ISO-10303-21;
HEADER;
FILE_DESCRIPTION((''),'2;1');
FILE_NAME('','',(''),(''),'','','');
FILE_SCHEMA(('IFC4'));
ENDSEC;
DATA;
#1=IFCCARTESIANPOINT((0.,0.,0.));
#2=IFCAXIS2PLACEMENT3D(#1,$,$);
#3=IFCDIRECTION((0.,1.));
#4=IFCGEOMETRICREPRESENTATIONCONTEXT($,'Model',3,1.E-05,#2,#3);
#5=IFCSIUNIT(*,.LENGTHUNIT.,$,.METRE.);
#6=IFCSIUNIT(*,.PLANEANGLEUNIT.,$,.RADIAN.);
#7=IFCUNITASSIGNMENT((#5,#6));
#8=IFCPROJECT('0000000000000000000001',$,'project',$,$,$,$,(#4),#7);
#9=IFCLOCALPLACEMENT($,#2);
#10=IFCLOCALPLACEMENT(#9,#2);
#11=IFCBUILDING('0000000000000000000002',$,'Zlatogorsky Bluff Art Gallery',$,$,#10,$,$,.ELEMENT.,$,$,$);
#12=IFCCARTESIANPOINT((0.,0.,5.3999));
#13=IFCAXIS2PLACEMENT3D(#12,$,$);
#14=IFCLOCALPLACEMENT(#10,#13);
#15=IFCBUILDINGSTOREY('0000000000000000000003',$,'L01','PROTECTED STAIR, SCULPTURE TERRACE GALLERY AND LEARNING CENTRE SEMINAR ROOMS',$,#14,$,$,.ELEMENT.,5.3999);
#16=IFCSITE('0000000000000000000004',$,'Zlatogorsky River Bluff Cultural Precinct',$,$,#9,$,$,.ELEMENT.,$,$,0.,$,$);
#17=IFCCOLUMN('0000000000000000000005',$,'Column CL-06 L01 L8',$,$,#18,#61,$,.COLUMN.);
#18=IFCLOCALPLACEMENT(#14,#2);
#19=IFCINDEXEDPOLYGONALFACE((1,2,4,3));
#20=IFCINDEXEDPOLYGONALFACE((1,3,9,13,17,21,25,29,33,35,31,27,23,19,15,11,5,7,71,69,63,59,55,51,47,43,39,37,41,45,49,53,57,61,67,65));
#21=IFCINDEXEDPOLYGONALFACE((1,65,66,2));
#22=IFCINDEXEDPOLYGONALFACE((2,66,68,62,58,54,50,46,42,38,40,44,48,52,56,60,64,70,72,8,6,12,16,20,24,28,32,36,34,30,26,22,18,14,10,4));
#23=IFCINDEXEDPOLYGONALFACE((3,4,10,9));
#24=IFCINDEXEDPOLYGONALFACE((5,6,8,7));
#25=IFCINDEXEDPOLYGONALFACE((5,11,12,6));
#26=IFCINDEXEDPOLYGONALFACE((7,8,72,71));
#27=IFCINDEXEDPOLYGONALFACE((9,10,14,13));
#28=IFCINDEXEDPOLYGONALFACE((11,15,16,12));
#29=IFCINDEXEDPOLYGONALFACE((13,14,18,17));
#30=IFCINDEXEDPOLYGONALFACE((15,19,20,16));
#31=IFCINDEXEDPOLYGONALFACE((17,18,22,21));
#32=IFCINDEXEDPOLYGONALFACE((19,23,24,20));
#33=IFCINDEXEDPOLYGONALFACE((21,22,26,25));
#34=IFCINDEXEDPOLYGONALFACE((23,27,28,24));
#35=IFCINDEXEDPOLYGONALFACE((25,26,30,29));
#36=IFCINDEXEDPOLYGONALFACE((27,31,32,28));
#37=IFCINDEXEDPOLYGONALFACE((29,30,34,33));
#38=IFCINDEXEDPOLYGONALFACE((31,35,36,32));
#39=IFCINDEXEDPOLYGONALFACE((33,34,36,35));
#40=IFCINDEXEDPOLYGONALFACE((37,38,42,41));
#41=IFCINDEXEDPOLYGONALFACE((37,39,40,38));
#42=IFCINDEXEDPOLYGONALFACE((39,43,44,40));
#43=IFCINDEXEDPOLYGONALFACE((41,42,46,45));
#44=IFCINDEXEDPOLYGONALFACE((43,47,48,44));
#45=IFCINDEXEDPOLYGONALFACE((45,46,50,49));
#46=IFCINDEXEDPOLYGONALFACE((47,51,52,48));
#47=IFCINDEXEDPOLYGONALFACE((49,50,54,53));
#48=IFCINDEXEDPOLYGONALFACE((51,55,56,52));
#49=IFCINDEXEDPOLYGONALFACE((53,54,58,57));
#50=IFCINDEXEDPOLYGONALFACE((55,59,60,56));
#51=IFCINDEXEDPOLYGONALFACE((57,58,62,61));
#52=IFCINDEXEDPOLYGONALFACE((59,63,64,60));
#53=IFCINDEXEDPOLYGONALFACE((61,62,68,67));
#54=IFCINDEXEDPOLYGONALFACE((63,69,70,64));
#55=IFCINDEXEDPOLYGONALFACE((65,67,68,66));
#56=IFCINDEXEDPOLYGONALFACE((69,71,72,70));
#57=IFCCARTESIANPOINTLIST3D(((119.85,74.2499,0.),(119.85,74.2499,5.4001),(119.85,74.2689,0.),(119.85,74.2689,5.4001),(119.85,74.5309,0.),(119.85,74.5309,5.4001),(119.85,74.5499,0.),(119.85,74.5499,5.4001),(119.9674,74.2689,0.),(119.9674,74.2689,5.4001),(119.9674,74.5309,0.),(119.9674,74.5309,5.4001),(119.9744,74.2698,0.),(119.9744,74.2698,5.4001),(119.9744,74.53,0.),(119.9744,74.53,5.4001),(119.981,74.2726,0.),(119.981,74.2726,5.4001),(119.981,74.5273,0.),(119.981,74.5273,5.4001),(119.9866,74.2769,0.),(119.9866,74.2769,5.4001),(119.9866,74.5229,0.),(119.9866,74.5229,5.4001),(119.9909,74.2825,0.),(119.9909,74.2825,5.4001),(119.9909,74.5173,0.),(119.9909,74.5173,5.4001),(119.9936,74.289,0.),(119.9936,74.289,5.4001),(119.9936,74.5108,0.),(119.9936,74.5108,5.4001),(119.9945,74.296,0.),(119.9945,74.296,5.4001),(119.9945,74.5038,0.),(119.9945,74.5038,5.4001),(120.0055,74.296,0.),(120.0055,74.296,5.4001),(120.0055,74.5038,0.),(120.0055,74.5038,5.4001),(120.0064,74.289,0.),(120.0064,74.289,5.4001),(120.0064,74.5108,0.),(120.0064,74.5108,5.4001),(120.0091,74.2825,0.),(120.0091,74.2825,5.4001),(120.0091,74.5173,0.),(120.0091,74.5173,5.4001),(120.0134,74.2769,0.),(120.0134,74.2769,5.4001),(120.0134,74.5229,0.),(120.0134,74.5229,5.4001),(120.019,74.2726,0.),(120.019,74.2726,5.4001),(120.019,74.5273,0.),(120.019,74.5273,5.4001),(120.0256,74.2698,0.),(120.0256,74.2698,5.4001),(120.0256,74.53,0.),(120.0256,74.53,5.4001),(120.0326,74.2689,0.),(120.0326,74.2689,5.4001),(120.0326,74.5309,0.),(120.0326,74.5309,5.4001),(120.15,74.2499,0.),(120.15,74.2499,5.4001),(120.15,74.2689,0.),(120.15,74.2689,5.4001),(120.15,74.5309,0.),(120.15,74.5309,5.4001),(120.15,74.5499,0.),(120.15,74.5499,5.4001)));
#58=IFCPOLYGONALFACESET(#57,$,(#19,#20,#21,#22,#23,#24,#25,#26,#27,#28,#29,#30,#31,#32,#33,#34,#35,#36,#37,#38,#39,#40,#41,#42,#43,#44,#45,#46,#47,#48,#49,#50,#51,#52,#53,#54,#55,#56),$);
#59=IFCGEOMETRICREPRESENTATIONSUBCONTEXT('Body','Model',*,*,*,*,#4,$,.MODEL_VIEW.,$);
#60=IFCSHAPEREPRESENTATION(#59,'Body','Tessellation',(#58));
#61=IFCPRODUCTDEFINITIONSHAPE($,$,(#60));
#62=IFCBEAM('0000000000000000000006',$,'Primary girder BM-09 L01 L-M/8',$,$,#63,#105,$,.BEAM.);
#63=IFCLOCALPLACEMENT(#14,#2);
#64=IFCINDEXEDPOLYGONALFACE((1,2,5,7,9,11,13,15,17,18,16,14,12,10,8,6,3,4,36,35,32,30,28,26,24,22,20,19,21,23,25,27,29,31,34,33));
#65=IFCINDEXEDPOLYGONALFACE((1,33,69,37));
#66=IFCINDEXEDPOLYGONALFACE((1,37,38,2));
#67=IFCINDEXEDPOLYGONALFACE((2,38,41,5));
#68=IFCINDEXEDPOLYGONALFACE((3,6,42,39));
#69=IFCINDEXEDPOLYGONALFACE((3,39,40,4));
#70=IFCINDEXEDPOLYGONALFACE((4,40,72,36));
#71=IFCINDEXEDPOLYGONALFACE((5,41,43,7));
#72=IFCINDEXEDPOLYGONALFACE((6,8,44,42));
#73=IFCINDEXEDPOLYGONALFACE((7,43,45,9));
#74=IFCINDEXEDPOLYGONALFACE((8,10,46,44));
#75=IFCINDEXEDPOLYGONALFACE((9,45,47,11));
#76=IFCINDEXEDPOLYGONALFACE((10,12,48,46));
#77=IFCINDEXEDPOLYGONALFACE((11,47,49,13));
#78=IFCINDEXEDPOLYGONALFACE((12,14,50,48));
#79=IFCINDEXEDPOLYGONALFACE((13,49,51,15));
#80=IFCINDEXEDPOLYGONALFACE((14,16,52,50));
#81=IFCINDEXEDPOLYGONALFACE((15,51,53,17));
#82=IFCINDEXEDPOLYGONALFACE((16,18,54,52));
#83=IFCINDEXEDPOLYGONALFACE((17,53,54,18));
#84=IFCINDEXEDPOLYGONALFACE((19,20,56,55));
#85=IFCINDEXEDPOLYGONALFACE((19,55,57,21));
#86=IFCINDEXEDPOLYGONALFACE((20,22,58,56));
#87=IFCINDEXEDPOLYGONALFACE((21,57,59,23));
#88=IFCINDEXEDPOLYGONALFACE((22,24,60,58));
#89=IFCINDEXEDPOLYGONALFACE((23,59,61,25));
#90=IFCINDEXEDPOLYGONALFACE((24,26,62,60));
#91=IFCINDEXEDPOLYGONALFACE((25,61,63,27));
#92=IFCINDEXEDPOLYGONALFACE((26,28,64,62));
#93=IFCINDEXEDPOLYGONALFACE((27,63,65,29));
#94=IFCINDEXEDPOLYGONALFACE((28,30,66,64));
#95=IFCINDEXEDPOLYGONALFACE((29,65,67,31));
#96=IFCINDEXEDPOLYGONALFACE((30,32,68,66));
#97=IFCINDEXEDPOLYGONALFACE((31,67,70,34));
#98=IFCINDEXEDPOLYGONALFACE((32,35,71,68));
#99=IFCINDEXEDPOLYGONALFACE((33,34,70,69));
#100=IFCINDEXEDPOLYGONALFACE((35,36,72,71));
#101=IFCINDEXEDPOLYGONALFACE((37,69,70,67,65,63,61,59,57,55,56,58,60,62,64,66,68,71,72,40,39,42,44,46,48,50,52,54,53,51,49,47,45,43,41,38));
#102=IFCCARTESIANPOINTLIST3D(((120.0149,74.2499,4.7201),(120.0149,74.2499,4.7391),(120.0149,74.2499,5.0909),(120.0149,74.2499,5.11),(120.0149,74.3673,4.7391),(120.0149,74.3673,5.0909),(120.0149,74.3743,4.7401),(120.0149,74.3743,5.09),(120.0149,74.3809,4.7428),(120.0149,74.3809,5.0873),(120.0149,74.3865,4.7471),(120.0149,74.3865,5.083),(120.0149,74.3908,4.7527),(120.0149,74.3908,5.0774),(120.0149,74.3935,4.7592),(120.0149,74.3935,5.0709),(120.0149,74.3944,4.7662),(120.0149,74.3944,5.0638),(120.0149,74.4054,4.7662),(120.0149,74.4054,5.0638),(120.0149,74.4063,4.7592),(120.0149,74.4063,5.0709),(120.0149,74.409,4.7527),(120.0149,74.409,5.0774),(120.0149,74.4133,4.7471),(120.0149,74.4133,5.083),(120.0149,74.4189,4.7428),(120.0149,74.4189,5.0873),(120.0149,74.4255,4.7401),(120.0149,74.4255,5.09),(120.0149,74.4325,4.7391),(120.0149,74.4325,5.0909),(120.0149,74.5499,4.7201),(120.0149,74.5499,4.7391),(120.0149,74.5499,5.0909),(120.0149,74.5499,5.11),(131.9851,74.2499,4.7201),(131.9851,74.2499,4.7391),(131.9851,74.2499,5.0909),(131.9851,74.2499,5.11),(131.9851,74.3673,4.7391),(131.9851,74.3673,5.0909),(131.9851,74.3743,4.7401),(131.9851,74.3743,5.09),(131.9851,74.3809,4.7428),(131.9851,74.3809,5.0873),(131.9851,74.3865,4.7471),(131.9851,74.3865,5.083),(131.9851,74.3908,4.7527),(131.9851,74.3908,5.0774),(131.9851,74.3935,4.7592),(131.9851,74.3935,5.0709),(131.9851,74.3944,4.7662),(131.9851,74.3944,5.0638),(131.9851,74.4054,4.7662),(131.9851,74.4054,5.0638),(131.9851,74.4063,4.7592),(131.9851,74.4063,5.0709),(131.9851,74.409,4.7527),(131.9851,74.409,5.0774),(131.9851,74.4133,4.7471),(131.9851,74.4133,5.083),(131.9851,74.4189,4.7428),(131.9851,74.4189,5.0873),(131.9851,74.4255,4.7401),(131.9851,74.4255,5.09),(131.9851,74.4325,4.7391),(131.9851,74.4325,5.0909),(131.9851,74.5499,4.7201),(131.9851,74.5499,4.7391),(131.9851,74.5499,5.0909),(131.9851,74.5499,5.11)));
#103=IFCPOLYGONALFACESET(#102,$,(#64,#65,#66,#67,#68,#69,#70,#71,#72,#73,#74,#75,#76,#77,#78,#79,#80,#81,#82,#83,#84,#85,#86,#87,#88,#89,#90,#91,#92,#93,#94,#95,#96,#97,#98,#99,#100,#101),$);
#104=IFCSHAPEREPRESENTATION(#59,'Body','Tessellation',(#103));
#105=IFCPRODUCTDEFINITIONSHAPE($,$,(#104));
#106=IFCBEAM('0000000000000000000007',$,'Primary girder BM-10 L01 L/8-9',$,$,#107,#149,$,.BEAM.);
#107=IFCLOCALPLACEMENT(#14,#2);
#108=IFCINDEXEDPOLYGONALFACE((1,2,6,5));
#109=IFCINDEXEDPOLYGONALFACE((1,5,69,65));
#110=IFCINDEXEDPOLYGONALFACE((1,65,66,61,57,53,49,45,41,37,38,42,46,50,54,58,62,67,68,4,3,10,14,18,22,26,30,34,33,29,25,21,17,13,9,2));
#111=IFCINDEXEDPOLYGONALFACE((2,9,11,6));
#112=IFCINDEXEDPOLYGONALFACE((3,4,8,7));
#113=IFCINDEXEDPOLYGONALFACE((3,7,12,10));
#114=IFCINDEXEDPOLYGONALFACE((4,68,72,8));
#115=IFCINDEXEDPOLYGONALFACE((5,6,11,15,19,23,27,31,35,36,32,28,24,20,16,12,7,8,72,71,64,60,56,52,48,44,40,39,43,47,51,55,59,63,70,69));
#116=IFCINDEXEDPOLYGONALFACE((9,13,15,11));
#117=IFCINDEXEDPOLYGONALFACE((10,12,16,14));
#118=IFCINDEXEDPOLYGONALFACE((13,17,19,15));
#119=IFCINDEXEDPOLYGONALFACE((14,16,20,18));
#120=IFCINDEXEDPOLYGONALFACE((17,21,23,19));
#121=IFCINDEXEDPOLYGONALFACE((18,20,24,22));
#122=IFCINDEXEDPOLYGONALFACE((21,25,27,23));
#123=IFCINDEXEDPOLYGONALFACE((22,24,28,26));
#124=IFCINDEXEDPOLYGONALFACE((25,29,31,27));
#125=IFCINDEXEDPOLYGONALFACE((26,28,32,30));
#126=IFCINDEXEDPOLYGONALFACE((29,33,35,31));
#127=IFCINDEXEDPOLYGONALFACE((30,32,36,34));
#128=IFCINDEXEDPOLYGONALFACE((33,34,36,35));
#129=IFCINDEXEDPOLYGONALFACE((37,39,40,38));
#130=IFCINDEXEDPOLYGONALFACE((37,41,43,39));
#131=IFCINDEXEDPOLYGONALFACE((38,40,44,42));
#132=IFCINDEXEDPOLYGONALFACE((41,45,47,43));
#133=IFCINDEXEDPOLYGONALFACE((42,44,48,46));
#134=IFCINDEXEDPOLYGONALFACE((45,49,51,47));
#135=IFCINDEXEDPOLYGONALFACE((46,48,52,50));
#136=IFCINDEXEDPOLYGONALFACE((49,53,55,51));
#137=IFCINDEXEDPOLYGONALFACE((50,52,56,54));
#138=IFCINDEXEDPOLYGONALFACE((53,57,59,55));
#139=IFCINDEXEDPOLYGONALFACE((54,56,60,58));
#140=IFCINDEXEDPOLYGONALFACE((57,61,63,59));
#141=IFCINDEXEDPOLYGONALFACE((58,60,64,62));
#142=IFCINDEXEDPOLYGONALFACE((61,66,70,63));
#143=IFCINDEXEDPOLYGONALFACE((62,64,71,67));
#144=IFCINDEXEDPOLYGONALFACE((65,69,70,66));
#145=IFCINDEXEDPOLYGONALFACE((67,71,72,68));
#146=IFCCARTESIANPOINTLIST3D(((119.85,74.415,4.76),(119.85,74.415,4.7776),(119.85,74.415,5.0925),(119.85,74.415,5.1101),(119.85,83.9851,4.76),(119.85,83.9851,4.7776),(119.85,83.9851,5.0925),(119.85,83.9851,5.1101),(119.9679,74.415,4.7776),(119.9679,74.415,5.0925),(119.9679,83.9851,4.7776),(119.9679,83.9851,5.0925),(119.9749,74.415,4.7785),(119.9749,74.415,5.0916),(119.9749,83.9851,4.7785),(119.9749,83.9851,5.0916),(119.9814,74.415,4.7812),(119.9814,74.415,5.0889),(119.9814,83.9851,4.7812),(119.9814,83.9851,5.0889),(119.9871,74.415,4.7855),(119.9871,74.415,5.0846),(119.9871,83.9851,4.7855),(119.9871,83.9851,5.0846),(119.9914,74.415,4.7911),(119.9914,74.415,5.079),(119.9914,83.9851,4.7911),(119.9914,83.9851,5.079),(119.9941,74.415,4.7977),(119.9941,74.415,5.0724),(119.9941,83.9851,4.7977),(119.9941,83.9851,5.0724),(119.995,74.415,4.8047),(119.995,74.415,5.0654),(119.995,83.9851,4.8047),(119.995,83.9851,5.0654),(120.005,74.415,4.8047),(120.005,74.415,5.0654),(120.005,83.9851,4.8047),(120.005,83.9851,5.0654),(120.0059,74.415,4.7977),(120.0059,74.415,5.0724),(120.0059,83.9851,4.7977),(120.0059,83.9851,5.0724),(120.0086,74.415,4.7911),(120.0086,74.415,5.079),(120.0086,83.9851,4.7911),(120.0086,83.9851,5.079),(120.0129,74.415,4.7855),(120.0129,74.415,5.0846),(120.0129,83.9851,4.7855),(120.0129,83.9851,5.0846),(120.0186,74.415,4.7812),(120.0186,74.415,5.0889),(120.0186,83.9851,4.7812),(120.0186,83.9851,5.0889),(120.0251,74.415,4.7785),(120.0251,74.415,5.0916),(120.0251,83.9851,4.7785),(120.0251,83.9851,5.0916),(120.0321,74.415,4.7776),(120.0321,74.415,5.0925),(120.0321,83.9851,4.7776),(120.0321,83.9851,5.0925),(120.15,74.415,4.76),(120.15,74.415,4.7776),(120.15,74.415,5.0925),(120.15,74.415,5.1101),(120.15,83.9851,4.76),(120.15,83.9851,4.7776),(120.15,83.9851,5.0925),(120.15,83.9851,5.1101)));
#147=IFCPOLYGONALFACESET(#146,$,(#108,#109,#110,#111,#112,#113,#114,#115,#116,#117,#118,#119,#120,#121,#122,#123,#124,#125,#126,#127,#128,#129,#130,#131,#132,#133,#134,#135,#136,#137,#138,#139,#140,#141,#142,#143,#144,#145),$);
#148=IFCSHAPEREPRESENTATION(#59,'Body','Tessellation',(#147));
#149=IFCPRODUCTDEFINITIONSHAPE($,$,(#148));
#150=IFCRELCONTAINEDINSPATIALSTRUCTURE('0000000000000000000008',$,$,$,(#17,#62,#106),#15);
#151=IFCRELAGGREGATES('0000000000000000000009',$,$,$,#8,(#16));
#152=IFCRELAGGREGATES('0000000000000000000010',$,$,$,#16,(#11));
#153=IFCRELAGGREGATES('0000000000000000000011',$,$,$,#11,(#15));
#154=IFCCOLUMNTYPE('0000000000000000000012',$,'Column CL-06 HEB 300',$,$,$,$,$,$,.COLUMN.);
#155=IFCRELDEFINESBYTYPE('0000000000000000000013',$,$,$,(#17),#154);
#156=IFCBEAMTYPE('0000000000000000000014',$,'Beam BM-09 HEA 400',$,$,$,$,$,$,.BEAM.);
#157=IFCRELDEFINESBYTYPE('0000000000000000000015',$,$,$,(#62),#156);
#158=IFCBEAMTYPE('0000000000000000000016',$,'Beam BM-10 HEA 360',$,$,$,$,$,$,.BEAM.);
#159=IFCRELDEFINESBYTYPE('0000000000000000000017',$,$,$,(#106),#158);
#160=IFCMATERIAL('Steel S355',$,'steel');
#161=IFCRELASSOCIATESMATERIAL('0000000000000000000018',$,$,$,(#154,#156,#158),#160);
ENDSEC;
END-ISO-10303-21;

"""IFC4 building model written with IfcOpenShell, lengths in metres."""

from ifc_helpers import new_model, si_unit, direction, frame, origin, origin_2d, place, context, subcontext, project, spatial, i_section, extrude, material, material_profile, profile_set, type_object, element, save


model = new_model("IFC4")

# Units and contexts
model_context = context("Model", 3, precision=1e-05, world=origin(), true_north=direction((0.0, 1.0)))
body_context = subcontext(model_context, "Body", "Model", "MODEL_VIEW")
ifc_project = project(units=[si_unit("LENGTHUNIT", "METRE"), si_unit("PLANEANGLEUNIT", "RADIAN")], contexts=[model_context])

# Site, building, storey
site_placement = place(None, origin())
site = spatial("IfcSite", under=ifc_project, at=site_placement, Name="Zlatogorsky River Bluff Cultural Precinct", CompositionType="ELEMENT", RefElevation=0.0)
building_placement = place(site_placement, origin())
building = spatial("IfcBuilding", under=site, at=building_placement, Name="Zlatogorsky Bluff Art Gallery", CompositionType="ELEMENT")
storey_placement = place(building_placement, frame((0.0, 0.0, 5.3999)))
storey = spatial("IfcBuildingStorey", under=building, at=storey_placement, Name="L01", Description="PROTECTED STAIR, SCULPTURE TERRACE GALLERY AND LEARNING CENTRE SEMINAR ROOMS", CompositionType="ELEMENT", Elevation=5.3999)

# Column
ifc_material_1 = material(Name="Steel S355", Category="steel")
ifc_material_profile_1 = material_profile(ifc_material_1, i_section(OverallWidth=0.3, OverallDepth=0.3, WebThickness=0.011, FlangeThickness=0.019, FilletRadius=0.0271, at=origin_2d()), Name="HEB 300")
ifc_profile_set_1 = profile_set([ifc_material_profile_1], Name="Steel S355")
column_type = type_object("IfcColumnType", Name="Column CL-06 HEB 300", PredefinedType="COLUMN", material=ifc_profile_set_1)
column_placement = place(storey_placement, frame((120.0, 74.3999, 0.0), z_axis=(0.0, 0.0, 1.0), x_axis=(1.0, 0.0, 0.0)))
element("IfcColumn", 1, at=column_placement, inside=storey, type_object=column_type, Name="Column CL-06 L01 L8", PredefinedType="COLUMN", context=body_context, shape_type="SweptSolid", body=[
    extrude(i_section(OverallWidth=0.3, OverallDepth=0.3, WebThickness=0.011, FlangeThickness=0.019, FilletRadius=0.0271, at=origin_2d()), origin(), (0.0, 0.0, 1.0), 5.4001),
])

# Beams
ifc_material_profile_2 = material_profile(ifc_material_1, i_section(OverallWidth=0.3, OverallDepth=0.3899, WebThickness=0.011, FlangeThickness=0.019, FilletRadius=0.0271, at=origin_2d()), Name="HEA 400")
ifc_profile_set_2 = profile_set([ifc_material_profile_2], Name="Steel S355")
beam_type_1 = type_object("IfcBeamType", Name="Beam BM-09 HEA 400", PredefinedType="BEAM", material=ifc_profile_set_2)
beam_1_placement = place(storey_placement, frame((120.0149, 74.3999, 4.915), z_axis=(1.0, 0.0, 0.0), x_axis=(0.0, 1.0, 0.0)))
element("IfcBeam", 2, at=beam_1_placement, inside=storey, type_object=beam_type_1, Name="Primary girder BM-09 L01 L-M/8", PredefinedType="BEAM", context=body_context, shape_type="SweptSolid", body=[
    extrude(i_section(OverallWidth=0.3, OverallDepth=0.3899, WebThickness=0.011, FlangeThickness=0.019, FilletRadius=0.0271, at=origin_2d()), origin(), (0.0, 0.0, 1.0), 11.9702),
])
ifc_material_profile_3 = material_profile(ifc_material_1, i_section(OverallWidth=0.3, OverallDepth=0.3501, WebThickness=0.01, FlangeThickness=0.0176, FilletRadius=0.0271, at=origin_2d()), Name="HEA 360")
ifc_profile_set_3 = profile_set([ifc_material_profile_3], Name="Steel S355")
beam_type_2 = type_object("IfcBeamType", Name="Beam BM-10 HEA 360", PredefinedType="BEAM", material=ifc_profile_set_3)
beam_2_placement = place(storey_placement, frame((120.0, 74.415, 4.9351), z_axis=(0.0, 1.0, 0.0), x_axis=(-1.0, 0.0, 0.0)))
element("IfcBeam", 3, at=beam_2_placement, inside=storey, type_object=beam_type_2, Name="Primary girder BM-10 L01 L/8-9", PredefinedType="BEAM", context=body_context, shape_type="SweptSolid", body=[
    extrude(i_section(OverallWidth=0.3, OverallDepth=0.3501, WebThickness=0.01, FlangeThickness=0.0176, FilletRadius=0.0271, at=origin_2d()), origin(), (0.0, 0.0, 1.0), 9.5701),
])

save(model, "model.ifc")
